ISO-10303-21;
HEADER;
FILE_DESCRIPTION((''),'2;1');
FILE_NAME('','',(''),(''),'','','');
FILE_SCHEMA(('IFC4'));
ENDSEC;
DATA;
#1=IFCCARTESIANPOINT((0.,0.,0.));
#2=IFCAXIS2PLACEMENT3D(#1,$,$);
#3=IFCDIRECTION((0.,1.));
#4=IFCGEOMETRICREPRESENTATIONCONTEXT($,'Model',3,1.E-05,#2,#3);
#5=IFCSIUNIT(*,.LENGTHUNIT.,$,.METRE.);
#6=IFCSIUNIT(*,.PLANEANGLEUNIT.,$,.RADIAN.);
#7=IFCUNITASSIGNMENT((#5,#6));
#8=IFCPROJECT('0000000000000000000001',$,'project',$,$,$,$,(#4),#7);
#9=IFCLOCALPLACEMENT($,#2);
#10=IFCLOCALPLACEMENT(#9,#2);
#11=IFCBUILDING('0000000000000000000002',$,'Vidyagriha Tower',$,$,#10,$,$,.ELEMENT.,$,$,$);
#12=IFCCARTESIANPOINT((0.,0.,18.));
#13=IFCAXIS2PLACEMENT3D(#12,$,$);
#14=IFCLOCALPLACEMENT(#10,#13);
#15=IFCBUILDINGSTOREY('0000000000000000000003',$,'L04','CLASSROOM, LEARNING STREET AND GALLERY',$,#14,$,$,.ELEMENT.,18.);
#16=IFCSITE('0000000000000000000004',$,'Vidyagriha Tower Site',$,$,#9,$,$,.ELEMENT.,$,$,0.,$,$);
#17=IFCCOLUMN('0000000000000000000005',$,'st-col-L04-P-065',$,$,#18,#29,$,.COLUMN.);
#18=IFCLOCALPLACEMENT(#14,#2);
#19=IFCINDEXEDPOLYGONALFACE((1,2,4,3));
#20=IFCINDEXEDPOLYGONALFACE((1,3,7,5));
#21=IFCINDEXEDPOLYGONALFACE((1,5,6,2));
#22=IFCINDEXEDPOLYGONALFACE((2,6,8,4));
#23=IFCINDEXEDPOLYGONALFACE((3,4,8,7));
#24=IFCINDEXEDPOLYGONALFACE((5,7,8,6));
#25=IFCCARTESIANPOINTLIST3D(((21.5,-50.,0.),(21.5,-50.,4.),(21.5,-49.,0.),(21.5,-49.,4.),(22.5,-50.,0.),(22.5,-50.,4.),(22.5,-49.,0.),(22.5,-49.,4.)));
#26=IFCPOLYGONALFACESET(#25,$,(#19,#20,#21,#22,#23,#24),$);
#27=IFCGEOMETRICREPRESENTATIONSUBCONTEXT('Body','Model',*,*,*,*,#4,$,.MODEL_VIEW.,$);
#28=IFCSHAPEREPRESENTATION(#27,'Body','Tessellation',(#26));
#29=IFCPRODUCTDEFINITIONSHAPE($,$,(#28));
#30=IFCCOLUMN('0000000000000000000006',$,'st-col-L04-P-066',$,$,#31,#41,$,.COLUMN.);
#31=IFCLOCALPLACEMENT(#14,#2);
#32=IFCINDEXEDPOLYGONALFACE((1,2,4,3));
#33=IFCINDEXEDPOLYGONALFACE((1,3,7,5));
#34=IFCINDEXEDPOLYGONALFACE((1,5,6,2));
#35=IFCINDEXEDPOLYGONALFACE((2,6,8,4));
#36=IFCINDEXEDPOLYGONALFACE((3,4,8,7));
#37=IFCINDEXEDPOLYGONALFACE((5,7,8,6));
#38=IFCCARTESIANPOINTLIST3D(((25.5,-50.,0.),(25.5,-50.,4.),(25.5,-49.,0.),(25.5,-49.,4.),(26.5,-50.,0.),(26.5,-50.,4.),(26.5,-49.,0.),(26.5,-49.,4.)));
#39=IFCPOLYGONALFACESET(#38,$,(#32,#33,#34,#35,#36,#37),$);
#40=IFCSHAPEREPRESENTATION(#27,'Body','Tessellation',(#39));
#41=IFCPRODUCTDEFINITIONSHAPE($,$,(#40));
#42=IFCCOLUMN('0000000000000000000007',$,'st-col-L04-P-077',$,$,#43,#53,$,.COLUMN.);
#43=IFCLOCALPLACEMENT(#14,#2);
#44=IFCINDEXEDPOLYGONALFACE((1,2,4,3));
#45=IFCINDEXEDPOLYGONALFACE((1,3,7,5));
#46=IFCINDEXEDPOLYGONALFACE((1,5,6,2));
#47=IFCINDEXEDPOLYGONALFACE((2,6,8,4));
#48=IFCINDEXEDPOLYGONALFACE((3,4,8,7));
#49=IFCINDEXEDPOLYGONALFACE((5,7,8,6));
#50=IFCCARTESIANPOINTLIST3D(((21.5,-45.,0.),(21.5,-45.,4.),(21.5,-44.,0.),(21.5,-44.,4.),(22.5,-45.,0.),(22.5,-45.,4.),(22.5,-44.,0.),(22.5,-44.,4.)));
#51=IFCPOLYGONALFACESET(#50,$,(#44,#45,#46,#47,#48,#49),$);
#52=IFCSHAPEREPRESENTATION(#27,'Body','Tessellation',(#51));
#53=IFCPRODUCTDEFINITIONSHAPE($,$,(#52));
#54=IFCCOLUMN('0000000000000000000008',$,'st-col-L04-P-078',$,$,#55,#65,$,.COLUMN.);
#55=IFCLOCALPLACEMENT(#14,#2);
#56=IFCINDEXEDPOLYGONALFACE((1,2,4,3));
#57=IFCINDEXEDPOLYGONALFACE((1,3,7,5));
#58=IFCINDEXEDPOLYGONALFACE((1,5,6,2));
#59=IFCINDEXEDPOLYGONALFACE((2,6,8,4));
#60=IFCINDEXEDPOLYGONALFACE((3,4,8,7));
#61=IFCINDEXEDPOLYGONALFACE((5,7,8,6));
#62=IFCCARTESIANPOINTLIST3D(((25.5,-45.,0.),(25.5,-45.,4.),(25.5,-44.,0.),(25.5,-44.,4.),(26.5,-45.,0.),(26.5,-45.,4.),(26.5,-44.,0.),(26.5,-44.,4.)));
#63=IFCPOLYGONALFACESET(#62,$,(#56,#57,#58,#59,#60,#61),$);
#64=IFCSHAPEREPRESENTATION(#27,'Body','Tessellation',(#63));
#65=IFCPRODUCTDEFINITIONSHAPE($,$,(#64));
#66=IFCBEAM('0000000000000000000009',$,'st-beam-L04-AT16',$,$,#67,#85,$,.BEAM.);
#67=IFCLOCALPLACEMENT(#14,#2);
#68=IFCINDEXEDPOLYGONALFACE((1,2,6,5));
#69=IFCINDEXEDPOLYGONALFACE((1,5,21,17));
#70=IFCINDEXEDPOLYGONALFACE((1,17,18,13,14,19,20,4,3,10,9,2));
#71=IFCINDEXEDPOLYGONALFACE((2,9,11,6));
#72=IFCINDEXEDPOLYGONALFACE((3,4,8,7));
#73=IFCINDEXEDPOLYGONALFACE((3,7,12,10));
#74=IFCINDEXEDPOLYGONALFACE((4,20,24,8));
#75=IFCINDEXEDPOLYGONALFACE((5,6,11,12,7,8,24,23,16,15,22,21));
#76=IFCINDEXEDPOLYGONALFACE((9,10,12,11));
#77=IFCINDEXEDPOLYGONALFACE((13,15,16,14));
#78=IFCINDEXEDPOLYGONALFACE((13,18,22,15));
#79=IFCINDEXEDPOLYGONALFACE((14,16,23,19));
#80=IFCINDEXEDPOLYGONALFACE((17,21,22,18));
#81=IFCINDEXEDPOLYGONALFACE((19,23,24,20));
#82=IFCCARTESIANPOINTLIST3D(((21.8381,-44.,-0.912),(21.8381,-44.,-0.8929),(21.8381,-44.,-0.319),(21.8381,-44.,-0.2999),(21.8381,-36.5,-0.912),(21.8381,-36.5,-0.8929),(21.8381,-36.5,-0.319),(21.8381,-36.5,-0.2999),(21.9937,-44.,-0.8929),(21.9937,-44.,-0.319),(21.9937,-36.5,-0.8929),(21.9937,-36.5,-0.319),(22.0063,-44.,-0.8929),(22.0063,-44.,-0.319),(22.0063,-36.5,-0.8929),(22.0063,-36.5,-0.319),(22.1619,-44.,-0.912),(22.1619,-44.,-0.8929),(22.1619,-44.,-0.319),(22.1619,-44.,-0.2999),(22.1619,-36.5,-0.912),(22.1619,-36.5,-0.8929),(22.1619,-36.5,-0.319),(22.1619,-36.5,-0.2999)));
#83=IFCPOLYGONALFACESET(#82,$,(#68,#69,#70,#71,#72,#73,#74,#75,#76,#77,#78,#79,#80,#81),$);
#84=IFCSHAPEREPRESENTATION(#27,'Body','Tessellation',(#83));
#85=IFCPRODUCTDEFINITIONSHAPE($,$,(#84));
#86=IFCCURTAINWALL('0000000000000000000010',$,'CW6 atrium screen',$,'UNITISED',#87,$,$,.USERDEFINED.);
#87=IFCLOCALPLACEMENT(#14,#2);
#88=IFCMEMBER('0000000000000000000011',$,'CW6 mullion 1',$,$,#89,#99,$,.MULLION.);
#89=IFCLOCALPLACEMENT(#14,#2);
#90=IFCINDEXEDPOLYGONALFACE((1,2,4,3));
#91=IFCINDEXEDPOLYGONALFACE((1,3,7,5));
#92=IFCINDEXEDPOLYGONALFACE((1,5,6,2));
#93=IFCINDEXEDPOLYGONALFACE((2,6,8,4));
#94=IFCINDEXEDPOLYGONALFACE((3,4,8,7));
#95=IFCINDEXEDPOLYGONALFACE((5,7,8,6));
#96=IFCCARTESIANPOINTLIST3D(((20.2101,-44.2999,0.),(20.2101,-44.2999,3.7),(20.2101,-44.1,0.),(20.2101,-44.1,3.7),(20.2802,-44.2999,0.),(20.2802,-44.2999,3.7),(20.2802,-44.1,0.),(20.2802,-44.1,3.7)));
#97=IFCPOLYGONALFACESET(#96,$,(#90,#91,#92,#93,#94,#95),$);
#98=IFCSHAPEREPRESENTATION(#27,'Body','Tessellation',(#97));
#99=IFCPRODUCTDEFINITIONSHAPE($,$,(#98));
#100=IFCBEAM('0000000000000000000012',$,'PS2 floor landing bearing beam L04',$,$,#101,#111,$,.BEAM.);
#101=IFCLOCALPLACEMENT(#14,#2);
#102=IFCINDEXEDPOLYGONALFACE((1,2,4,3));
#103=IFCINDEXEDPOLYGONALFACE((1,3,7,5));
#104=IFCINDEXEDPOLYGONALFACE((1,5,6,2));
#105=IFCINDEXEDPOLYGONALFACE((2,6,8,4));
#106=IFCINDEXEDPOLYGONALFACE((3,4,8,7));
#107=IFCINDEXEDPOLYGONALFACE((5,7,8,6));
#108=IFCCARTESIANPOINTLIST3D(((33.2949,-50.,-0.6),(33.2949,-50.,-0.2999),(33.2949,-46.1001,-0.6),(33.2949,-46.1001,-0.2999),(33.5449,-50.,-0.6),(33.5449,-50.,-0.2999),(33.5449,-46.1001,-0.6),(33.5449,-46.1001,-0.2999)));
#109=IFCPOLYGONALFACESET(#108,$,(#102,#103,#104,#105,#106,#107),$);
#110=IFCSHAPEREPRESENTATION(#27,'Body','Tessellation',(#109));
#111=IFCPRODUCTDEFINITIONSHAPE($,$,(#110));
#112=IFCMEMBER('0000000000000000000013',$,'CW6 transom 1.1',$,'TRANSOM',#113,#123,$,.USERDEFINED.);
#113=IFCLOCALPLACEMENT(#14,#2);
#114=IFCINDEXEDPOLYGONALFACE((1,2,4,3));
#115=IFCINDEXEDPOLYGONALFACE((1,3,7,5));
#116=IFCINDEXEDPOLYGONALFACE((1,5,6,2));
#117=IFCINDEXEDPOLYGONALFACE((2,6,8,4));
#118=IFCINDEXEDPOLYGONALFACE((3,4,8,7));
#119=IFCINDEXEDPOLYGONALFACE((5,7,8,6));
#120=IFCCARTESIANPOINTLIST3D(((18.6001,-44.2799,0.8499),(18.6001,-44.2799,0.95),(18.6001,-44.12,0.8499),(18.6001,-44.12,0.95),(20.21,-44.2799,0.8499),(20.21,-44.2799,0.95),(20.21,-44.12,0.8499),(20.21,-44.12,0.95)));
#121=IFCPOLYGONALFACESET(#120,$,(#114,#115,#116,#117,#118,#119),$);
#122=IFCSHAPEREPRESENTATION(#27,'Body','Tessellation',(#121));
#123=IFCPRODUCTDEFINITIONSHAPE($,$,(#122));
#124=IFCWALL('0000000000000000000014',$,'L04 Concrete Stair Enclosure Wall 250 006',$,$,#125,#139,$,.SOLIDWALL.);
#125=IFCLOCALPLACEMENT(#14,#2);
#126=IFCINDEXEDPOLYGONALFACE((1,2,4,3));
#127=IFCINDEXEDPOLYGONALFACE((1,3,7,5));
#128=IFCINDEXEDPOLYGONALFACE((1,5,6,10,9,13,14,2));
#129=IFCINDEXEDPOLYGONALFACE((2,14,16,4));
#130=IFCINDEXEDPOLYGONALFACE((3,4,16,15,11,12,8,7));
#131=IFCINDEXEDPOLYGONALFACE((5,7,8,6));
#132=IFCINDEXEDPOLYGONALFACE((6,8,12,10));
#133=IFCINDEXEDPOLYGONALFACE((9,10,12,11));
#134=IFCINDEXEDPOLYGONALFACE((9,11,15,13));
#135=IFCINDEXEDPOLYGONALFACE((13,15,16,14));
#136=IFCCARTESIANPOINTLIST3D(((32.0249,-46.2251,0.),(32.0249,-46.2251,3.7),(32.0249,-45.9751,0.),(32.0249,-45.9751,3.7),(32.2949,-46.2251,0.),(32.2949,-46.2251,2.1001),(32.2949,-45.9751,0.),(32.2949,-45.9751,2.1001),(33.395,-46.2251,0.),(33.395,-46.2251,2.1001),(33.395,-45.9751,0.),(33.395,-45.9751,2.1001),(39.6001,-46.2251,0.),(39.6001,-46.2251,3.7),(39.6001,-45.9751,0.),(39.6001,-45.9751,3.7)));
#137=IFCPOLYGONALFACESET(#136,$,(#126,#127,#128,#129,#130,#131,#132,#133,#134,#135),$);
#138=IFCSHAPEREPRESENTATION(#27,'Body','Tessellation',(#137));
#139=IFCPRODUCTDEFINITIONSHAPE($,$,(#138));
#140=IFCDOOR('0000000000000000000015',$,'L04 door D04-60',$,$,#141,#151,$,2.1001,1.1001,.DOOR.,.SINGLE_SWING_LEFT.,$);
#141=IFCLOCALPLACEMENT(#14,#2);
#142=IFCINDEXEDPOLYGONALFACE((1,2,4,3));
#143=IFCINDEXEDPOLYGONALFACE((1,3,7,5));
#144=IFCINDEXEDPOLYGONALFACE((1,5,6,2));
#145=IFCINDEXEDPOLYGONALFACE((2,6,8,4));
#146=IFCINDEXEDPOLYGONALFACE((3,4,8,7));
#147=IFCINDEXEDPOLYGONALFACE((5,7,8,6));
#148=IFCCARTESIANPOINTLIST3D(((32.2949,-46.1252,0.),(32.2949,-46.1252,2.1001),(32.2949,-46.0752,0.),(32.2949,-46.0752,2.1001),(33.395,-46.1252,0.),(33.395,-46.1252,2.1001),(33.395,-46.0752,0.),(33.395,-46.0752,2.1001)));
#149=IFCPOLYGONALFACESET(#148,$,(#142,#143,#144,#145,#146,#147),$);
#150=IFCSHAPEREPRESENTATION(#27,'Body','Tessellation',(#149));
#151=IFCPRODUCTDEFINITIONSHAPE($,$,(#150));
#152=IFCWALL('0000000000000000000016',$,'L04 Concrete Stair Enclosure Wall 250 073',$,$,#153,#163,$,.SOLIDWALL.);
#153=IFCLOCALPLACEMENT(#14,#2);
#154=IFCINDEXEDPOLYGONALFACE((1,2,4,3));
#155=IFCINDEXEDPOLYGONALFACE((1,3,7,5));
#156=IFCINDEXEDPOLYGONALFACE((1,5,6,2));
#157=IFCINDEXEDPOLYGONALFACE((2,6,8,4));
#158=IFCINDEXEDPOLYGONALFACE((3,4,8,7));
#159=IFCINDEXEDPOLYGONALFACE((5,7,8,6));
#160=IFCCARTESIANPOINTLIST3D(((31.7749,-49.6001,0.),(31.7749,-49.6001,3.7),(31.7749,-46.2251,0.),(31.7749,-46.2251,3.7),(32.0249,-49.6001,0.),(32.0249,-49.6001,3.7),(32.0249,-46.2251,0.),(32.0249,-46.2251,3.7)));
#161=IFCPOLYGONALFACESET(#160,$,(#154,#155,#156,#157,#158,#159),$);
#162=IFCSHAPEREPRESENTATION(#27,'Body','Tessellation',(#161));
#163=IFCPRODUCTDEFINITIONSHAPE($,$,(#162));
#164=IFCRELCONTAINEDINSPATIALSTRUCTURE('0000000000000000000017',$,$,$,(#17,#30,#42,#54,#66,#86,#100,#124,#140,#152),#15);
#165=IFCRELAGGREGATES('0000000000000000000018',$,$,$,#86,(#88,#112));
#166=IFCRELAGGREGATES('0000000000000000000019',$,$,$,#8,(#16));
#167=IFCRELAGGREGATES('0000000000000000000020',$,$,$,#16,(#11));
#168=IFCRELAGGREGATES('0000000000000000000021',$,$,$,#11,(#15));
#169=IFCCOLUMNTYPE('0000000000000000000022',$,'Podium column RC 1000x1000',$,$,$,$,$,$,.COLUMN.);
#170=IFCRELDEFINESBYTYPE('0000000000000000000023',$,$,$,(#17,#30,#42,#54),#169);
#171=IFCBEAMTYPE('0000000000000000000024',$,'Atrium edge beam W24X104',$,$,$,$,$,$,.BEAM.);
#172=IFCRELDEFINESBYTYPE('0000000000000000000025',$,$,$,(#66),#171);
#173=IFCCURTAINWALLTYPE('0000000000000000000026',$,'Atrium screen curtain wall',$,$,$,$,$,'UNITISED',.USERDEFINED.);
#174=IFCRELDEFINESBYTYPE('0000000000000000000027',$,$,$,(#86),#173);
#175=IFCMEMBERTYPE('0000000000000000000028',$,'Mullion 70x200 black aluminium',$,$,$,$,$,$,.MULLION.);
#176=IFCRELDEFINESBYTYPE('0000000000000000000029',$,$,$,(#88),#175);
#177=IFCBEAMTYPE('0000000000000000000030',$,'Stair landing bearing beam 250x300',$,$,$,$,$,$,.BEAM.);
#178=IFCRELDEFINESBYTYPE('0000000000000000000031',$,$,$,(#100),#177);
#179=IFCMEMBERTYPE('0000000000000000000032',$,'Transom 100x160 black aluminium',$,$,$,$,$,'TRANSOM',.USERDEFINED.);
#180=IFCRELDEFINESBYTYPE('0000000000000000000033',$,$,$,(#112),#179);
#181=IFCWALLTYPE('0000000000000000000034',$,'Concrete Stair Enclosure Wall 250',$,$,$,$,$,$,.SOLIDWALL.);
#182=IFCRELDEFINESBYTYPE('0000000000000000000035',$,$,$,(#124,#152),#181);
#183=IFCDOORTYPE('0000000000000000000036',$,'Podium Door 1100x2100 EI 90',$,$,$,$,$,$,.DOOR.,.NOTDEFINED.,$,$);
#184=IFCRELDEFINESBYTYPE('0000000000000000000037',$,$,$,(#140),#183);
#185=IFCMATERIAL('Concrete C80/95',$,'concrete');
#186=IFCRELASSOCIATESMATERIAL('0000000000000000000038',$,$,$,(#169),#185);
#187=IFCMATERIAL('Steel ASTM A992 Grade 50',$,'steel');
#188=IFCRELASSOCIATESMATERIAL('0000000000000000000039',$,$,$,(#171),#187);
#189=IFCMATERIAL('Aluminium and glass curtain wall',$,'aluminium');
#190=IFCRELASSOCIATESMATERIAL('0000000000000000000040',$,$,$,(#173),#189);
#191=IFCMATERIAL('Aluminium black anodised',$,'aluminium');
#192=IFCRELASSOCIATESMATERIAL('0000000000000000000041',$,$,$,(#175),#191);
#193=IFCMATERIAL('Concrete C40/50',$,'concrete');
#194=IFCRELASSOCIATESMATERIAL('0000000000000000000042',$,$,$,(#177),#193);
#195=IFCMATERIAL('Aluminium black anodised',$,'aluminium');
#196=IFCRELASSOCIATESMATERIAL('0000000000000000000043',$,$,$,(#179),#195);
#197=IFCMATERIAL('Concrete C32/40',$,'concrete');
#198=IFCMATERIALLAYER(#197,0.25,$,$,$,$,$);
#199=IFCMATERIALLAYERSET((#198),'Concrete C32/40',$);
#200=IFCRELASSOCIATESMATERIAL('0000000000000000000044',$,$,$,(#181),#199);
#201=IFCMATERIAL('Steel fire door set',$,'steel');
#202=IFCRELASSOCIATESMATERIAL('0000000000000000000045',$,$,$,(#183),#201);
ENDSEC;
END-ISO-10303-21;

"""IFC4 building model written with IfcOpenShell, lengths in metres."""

from ifc_helpers import new_model, si_unit, direction, frame, frame_2d, origin, origin_2d, place, context, subcontext, project, spatial, rectangle, i_section, extrude, material, layer, layer_set, material_profile, profile_set, type_object, element, fill, aggregate, save


model = new_model("IFC4")

# Units and contexts
model_context = context("Model", 3, precision=1e-05, world=origin(), true_north=direction((0.0, 1.0)))
body_context = subcontext(model_context, "Body", "Model", "MODEL_VIEW")
ifc_project = project(units=[si_unit("LENGTHUNIT", "METRE"), si_unit("PLANEANGLEUNIT", "RADIAN")], contexts=[model_context])

# Site, building, storey
site_placement = place(None, origin())
site = spatial("IfcSite", under=ifc_project, at=site_placement, Name="Vidyagriha Tower Site", CompositionType="ELEMENT", RefElevation=0.0)
building_placement = place(site_placement, origin())
building = spatial("IfcBuilding", under=site, at=building_placement, Name="Vidyagriha Tower", CompositionType="ELEMENT")
storey_placement = place(building_placement, frame((0.0, 0.0, 18.0)))
storey = spatial("IfcBuildingStorey", under=building, at=storey_placement, Name="L04", Description="CLASSROOM, LEARNING STREET AND GALLERY", CompositionType="ELEMENT", Elevation=18.0)

# Columns
ifc_material_1 = material(Name="Concrete C80/95", Category="concrete")
ifc_material_profile_1 = material_profile(ifc_material_1, rectangle(XDim=1.0, YDim=1.0, at=origin_2d()), Name="RC 1000x1000")
ifc_profile_set_1 = profile_set([ifc_material_profile_1], Name="Concrete C80/95")
column_type = type_object("IfcColumnType", Name="Podium column RC 1000x1000", PredefinedType="COLUMN", material=ifc_profile_set_1)
for number, where, name in (
    (1, (22.0, -49.5, 0.0), "st-col-L04-P-065"),
    (2, (26.0, -49.5, 0.0), "st-col-L04-P-066"),
    (3, (22.0, -44.5, 0.0), "st-col-L04-P-077"),
    (4, (26.0, -44.5, 0.0), "st-col-L04-P-078"),
):
    element("IfcColumn", number, at=place(storey_placement, frame(where)), inside=storey, type_object=column_type, Name=name, PredefinedType="COLUMN", context=body_context, shape_type="SweptSolid", body=[
        extrude(rectangle(XDim=1.0, YDim=1.0, at=origin_2d()), origin(), (0.0, 0.0, 1.0), 4.0),
    ])

# Beam
ifc_material_2 = material(Name="Steel ASTM A992 Grade 50", Category="steel")
ifc_material_profile_2 = material_profile(ifc_material_2, i_section(OverallWidth=0.3237, OverallDepth=0.6121, WebThickness=0.0127, FlangeThickness=0.019, at=origin_2d()), Name="W24X104")
ifc_profile_set_2 = profile_set([ifc_material_profile_2], Name="Steel ASTM A992 Grade 50")
beam_type_1 = type_object("IfcBeamType", Name="Atrium edge beam W24X104", PredefinedType="BEAM", material=ifc_profile_set_2)
beam_1_placement = place(storey_placement, frame((22.0, -44.0, -0.606), z_axis=(0.0, 1.0, 0.0), x_axis=(-1.0, 0.0, 0.0)))
element("IfcBeam", 5, at=beam_1_placement, inside=storey, type_object=beam_type_1, Name="st-beam-L04-AT16", PredefinedType="BEAM", context=body_context, shape_type="SweptSolid", body=[
    extrude(i_section(OverallWidth=0.3237, OverallDepth=0.6121, WebThickness=0.0127, FlangeThickness=0.019, at=origin_2d()), origin(), (0.0, 0.0, 1.0), 7.5),
])

# Curtain wall, member
ifc_material_3 = material(Name="Aluminium and glass curtain wall", Category="aluminium")
curtain_wall_type = type_object("IfcCurtainWallType", Name="Atrium screen curtain wall", ElementType="UNITISED", PredefinedType="USERDEFINED", material=ifc_material_3)
curtain_wall_placement = place(storey_placement, origin())
curtain_wall = element("IfcCurtainWall", 6, at=curtain_wall_placement, inside=storey, type_object=curtain_wall_type, Name="CW6 atrium screen", ObjectType="UNITISED", PredefinedType="USERDEFINED")
ifc_material_4 = material(Name="Aluminium black anodised", Category="aluminium")
ifc_material_profile_3 = material_profile(ifc_material_4, rectangle(XDim=0.2, YDim=0.0701, at=origin_2d()), Name="Mullion 70x200 black aluminium")
ifc_profile_set_3 = profile_set([ifc_material_profile_3], Name="Aluminium black anodised")
member_type_1 = type_object("IfcMemberType", Name="Mullion 70x200 black aluminium", PredefinedType="MULLION", material=ifc_profile_set_3)
member_1_placement = place(storey_placement, frame((20.2451, -44.2, 0.0), z_axis=(0.0, 0.0, 1.0), x_axis=(0.0, -1.0, 0.0)))
member_1 = element("IfcMember", 7, at=member_1_placement, type_object=member_type_1, Name="CW6 mullion 1", PredefinedType="MULLION", context=body_context, shape_type="SweptSolid", body=[
    extrude(rectangle(XDim=0.2, YDim=0.0701, at=origin_2d()), origin(), (0.0, 0.0, 1.0), 3.7),
])

# Beam
ifc_material_5 = material(Name="Concrete C40/50", Category="concrete")
ifc_material_profile_4 = material_profile(ifc_material_5, rectangle(XDim=0.25, YDim=0.3, at=origin_2d()), Name="Stair landing bearing beam 250x300")
ifc_profile_set_4 = profile_set([ifc_material_profile_4], Name="Concrete C40/50")
beam_type_2 = type_object("IfcBeamType", Name="Stair landing bearing beam 250x300", PredefinedType="BEAM", material=ifc_profile_set_4)
beam_2_placement = place(storey_placement, frame((33.4199, -50.0, -0.45), z_axis=(0.0, 1.0, 0.0), x_axis=(-1.0, 0.0, 0.0)))
element("IfcBeam", 8, at=beam_2_placement, inside=storey, type_object=beam_type_2, Name="PS2 floor landing bearing beam L04", PredefinedType="BEAM", context=body_context, shape_type="SweptSolid", body=[
    extrude(rectangle(XDim=0.25, YDim=0.3, at=origin_2d()), origin(), (0.0, 0.0, 1.0), 3.8999),
])

# Member
ifc_material_6 = material(Name="Aluminium black anodised", Category="aluminium")
ifc_material_profile_5 = material_profile(ifc_material_6, rectangle(XDim=0.1599, YDim=0.1001, at=origin_2d()), Name="Transom 100x160 black aluminium")
ifc_profile_set_5 = profile_set([ifc_material_profile_5], Name="Aluminium black anodised")
member_type_2 = type_object("IfcMemberType", Name="Transom 100x160 black aluminium", ElementType="TRANSOM", PredefinedType="USERDEFINED", material=ifc_profile_set_5)
member_2_placement = place(storey_placement, frame((20.21, -44.2, 0.8999), z_axis=(-1.0, 0.0, 0.0), x_axis=(0.0, -1.0, 0.0)))
member_2 = element("IfcMember", 9, at=member_2_placement, type_object=member_type_2, Name="CW6 transom 1.1", ObjectType="TRANSOM", PredefinedType="USERDEFINED", context=body_context, shape_type="SweptSolid", body=[
    extrude(rectangle(XDim=0.1599, YDim=0.1001, at=origin_2d()), origin(), (0.0, 0.0, 1.0), 1.6099),
])
aggregate(curtain_wall, [member_1, member_2])

# Wall, opening, door
ifc_material_7 = material(Name="Concrete C32/40", Category="concrete")
ifc_layer_1 = layer(ifc_material_7, 0.25)
ifc_layer_set_1 = layer_set([ifc_layer_1], Name="Concrete C32/40")
wall_type_1 = type_object("IfcWallType", Name="Concrete Stair Enclosure Wall 250", PredefinedType="SOLIDWALL", material=ifc_layer_set_1)
wall_1_placement = place(storey_placement, frame((32.0249, -46.1001, 0.0)))
wall_1 = element("IfcWall", 10, at=wall_1_placement, inside=storey, type_object=wall_type_1, Name="L04 Concrete Stair Enclosure Wall 250 006", PredefinedType="SOLIDWALL", context=body_context, shape_type="SweptSolid", body=[
    extrude(rectangle(XDim=7.5752, YDim=0.25, at=frame_2d((3.7876, 0.0))), origin(), (0.0, 0.0, 1.0), 3.7),
])
opening_1_placement = place(wall_1_placement, frame((0.27, 0.0, 0.0)))
opening_1 = element("IfcOpeningElement", 11, at=opening_1_placement, cuts=wall_1, PredefinedType="OPENING", context=body_context, shape_type="SweptSolid", body=[
    extrude(rectangle(XDim=1.1001, YDim=2.1001, at=frame_2d((0.55, 1.05))), frame((0.0, 0.135, 0.0), z_axis=(0.0, -1.0, 0.0), x_axis=(1.0, 0.0, 0.0)), (0.0, 0.0, 1.0), 0.27),
])
ifc_material_8 = material(Name="Steel fire door set", Category="steel")
door_type_1 = type_object("IfcDoorType", Name="Podium Door 1100x2100 EI 90", OperationType="NOTDEFINED", PredefinedType="DOOR", material=ifc_material_8)
door_1_placement = place(opening_1_placement, origin())
door_1 = element("IfcDoor", 12, at=door_1_placement, inside=storey, type_object=door_type_1, Name="L04 door D04-60", OperationType="SINGLE_SWING_LEFT", OverallHeight=2.1001, OverallWidth=1.1001, PredefinedType="DOOR", context=body_context, shape_type="SweptSolid", body=[
    extrude(rectangle(XDim=1.1001, YDim=2.1001, at=frame_2d((0.55, 1.05))), frame((0.0, 0.0249, 0.0), z_axis=(0.0, -1.0, 0.0), x_axis=(1.0, 0.0, 0.0)), (0.0, 0.0, 1.0), 0.05),
])
fill(opening_1, door_1)

# Wall
wall_2_placement = place(storey_placement, frame((31.8999, -49.6001, 0.0), z_axis=(0.0, 0.0, 1.0), x_axis=(0.0, 1.0, 0.0)))
element("IfcWall", 13, at=wall_2_placement, inside=storey, type_object=wall_type_1, Name="L04 Concrete Stair Enclosure Wall 250 073", PredefinedType="SOLIDWALL", context=body_context, shape_type="SweptSolid", body=[
    extrude(rectangle(XDim=3.375, YDim=0.25, at=frame_2d((1.6875, 0.0))), origin(), (0.0, 0.0, 1.0), 3.7),
])

save(model, "model.ifc")
